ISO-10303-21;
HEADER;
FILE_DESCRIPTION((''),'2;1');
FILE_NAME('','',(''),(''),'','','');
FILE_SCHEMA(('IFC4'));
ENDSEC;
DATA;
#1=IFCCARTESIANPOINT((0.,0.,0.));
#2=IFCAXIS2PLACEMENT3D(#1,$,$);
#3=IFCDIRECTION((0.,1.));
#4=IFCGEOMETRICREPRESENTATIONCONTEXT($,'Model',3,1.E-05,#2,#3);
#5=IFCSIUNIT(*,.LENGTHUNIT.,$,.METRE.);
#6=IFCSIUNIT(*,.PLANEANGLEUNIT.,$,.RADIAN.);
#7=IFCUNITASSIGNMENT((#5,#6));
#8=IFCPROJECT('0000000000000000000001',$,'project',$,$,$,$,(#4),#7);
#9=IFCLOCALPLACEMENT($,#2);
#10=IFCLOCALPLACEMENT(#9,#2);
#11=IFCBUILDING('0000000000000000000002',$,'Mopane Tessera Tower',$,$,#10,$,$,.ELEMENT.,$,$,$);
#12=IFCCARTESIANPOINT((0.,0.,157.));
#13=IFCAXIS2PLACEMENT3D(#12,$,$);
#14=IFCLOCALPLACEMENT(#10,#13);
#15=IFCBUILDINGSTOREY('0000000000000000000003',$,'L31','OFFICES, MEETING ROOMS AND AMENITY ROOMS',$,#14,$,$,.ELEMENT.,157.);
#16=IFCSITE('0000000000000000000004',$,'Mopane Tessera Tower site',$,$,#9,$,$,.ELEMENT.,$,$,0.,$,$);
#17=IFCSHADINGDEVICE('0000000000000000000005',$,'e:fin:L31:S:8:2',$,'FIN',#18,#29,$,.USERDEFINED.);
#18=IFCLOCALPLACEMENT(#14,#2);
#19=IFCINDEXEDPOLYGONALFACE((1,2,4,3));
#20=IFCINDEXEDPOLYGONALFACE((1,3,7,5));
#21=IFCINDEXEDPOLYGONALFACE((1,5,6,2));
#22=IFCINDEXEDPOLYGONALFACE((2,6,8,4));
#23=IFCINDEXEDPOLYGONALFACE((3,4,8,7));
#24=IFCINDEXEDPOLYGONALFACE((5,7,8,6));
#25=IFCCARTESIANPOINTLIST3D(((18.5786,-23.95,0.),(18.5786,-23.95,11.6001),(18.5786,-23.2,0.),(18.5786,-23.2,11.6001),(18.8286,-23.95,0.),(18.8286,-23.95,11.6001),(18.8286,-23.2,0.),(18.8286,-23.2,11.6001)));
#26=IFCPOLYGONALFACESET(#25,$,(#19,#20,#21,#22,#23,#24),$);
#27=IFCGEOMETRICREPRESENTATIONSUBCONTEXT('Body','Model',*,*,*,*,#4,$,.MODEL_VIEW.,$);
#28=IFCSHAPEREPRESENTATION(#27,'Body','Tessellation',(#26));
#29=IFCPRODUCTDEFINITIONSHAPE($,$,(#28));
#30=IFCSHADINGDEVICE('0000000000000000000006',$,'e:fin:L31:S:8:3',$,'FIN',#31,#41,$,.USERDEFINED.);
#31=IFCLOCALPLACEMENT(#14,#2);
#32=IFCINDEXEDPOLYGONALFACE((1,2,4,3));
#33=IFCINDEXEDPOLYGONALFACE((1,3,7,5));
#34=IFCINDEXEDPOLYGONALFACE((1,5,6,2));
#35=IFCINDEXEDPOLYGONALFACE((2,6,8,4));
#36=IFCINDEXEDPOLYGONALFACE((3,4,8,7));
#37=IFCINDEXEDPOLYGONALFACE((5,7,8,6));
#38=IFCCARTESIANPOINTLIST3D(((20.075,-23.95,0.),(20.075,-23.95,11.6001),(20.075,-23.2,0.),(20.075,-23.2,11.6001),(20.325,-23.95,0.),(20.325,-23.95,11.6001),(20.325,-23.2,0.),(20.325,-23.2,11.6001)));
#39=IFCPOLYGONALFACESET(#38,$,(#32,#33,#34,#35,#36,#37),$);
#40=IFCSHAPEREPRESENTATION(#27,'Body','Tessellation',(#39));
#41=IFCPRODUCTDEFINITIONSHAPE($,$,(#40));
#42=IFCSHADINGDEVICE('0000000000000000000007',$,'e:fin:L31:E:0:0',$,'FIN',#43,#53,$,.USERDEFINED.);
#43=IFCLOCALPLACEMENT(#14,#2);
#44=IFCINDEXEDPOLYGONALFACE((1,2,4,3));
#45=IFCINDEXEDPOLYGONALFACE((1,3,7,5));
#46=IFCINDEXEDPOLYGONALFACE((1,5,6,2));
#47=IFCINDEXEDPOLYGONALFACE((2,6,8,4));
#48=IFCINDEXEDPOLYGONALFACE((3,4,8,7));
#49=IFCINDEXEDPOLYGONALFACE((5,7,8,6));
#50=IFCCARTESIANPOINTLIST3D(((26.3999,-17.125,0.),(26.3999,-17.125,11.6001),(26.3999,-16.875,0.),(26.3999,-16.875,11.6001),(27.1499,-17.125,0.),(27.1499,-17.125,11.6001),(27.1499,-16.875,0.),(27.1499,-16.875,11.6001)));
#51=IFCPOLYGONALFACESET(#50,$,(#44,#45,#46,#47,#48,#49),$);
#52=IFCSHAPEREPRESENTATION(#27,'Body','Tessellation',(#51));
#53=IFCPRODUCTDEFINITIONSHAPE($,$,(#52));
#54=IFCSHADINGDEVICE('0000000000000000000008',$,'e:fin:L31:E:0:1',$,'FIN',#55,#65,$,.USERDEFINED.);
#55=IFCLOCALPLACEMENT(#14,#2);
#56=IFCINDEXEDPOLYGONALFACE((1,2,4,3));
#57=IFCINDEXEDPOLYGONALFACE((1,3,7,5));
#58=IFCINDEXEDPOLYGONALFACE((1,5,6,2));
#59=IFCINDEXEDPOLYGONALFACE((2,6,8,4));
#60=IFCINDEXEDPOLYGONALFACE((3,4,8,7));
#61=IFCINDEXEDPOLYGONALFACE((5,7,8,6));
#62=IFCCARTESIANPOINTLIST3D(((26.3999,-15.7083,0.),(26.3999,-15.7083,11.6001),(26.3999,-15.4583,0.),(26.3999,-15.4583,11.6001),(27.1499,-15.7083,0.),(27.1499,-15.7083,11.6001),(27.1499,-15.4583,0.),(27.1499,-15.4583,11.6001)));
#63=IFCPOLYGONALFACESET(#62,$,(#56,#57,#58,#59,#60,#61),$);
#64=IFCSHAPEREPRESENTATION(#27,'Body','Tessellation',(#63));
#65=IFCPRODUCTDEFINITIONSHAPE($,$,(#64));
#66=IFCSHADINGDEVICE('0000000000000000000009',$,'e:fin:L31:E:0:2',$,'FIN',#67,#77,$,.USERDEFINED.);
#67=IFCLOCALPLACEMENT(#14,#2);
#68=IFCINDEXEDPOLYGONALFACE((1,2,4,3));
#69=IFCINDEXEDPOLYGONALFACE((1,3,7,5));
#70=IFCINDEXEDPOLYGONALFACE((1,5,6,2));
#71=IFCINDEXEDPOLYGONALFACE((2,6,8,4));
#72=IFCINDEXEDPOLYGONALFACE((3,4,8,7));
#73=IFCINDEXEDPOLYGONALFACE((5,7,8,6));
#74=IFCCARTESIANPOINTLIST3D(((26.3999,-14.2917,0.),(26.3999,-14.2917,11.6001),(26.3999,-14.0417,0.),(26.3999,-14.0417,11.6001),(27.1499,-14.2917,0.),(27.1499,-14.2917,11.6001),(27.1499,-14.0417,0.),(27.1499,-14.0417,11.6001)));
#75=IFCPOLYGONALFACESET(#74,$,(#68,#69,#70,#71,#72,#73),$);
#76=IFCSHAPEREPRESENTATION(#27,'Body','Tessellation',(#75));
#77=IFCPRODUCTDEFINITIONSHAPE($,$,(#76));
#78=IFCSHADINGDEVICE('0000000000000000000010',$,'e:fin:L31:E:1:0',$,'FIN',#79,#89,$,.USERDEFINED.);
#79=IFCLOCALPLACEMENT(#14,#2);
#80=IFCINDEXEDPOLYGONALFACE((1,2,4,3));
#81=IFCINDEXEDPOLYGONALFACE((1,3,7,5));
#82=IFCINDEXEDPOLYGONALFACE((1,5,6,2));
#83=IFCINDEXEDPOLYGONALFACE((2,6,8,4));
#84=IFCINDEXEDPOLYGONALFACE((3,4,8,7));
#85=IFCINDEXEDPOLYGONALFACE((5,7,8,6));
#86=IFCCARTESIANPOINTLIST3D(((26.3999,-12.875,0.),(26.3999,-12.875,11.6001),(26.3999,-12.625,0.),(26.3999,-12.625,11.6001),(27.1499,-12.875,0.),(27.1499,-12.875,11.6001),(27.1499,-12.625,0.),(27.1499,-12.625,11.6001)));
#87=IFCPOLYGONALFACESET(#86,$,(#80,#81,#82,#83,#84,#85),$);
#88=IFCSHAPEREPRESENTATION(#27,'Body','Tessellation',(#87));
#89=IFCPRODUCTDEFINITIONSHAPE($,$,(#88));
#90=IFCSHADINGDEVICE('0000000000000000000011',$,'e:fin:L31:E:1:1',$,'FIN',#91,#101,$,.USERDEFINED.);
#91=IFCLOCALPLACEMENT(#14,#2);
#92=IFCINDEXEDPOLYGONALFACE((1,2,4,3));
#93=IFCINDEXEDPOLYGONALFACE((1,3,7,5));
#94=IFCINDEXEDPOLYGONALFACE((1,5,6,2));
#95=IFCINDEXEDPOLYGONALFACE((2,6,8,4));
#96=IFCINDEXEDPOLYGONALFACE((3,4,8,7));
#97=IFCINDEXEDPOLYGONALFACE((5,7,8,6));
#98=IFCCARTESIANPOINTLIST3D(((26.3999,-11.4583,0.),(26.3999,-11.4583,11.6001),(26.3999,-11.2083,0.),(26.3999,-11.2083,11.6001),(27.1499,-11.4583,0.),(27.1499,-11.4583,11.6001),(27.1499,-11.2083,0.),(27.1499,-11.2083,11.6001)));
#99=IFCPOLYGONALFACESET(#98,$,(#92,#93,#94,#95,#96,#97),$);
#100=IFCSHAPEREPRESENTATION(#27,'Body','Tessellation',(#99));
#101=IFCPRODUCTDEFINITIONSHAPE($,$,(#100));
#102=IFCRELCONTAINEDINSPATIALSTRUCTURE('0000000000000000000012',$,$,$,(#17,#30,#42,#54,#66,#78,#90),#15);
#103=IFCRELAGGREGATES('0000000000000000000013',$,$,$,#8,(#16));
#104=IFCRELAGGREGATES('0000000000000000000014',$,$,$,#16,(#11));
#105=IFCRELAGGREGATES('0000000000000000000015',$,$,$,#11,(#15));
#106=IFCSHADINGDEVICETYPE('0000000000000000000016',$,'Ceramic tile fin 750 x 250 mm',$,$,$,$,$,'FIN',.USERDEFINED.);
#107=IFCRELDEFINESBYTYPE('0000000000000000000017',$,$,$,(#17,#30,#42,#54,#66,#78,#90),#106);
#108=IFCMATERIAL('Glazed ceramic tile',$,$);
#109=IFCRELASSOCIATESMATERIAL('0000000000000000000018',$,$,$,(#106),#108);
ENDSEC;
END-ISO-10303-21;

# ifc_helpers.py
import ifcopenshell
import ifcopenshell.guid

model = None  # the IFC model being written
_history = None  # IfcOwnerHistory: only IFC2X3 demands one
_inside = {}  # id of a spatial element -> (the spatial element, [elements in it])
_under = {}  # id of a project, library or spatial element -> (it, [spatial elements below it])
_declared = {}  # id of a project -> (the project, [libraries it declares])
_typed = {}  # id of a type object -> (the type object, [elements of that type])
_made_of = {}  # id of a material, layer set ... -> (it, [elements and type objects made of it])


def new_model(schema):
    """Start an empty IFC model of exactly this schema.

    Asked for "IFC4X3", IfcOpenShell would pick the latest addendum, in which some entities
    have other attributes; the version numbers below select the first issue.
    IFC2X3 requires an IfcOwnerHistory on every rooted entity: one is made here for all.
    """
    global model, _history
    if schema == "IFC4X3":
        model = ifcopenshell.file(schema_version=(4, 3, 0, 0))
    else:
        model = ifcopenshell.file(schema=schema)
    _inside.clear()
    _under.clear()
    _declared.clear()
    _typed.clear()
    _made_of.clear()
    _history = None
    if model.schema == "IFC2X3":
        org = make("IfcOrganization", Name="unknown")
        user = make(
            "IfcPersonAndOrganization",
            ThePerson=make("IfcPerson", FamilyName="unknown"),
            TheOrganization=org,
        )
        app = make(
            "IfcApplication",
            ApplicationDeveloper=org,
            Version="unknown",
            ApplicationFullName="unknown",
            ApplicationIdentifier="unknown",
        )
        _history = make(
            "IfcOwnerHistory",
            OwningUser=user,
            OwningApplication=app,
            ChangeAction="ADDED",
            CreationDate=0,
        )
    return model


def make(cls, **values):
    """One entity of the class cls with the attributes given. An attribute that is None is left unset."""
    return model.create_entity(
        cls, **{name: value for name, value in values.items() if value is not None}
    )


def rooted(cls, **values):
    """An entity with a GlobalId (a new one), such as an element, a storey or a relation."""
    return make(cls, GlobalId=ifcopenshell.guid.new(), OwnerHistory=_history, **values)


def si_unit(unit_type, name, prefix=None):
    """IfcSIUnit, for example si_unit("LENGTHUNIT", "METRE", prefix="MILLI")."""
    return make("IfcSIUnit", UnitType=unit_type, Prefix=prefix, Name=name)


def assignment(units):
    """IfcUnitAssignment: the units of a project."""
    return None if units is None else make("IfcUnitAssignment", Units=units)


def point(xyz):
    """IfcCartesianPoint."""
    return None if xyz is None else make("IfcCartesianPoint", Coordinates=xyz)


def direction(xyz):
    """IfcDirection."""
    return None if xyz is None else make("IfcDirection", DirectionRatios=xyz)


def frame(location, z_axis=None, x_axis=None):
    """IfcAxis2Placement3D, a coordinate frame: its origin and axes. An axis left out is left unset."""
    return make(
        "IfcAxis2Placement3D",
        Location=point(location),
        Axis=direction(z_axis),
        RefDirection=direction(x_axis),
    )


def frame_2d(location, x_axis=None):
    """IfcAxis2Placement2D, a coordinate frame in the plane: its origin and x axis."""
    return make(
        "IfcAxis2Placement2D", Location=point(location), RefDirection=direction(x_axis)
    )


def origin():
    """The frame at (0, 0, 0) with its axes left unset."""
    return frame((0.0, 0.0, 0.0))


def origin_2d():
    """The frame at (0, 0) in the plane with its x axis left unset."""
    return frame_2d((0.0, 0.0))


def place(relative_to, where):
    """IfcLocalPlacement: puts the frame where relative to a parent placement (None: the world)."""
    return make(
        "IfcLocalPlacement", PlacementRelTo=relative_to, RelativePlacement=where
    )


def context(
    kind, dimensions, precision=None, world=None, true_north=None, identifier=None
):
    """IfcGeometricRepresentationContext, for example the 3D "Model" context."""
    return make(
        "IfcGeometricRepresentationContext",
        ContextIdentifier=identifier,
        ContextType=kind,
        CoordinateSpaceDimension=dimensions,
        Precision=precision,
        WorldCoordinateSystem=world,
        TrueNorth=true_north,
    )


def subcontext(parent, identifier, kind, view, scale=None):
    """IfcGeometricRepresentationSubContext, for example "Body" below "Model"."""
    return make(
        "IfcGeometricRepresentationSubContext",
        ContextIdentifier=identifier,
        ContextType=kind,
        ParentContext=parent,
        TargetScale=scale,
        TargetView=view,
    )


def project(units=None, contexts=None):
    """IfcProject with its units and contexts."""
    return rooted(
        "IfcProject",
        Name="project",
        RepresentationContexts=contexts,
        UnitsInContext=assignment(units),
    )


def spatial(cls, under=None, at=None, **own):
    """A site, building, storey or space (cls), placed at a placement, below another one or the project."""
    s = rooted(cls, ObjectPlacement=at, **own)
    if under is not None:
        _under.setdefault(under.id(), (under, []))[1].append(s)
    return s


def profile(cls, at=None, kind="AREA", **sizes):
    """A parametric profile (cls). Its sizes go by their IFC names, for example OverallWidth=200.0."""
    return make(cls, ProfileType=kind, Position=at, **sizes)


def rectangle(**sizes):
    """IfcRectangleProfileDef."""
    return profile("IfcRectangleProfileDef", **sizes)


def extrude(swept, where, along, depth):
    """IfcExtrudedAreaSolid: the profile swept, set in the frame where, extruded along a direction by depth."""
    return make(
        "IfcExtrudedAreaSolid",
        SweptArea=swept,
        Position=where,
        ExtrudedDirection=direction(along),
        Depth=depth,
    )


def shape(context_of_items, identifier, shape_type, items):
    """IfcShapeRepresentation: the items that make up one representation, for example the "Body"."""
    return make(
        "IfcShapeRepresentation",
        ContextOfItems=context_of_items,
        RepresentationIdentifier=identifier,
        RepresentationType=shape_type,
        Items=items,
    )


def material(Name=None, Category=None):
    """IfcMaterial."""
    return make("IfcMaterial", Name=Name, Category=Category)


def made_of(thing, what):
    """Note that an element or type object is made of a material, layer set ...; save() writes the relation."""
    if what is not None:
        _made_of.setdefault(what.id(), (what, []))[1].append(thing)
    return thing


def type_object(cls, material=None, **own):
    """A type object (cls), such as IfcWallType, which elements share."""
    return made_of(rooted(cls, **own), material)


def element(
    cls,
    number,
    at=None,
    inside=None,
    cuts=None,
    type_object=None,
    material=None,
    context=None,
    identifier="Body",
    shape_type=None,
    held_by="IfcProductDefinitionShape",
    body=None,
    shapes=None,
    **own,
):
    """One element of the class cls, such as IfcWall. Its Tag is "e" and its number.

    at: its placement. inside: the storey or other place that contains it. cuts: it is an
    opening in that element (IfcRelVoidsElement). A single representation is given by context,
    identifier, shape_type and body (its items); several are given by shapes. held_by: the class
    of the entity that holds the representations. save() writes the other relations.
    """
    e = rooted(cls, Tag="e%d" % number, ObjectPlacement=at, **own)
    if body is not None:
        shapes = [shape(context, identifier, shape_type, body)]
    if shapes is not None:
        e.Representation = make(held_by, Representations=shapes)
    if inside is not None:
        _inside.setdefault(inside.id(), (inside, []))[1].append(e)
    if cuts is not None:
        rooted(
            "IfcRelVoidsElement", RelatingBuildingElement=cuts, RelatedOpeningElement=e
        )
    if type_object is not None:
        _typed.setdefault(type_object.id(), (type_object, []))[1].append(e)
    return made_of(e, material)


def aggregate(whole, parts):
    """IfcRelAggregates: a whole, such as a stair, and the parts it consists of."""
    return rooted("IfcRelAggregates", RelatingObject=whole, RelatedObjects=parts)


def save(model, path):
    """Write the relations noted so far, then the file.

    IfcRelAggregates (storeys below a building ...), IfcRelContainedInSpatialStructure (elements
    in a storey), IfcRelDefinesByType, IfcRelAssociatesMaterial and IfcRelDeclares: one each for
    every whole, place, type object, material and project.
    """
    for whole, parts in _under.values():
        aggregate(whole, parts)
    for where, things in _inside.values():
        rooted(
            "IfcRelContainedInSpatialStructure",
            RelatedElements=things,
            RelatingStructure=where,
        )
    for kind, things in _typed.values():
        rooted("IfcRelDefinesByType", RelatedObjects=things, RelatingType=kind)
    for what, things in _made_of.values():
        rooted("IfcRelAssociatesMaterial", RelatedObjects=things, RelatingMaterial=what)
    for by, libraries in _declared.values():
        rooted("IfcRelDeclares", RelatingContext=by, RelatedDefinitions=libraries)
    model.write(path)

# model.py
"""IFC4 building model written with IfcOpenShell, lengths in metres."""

from ifc_helpers import new_model, si_unit, direction, frame, origin, origin_2d, place, context, subcontext, project, spatial, rectangle, extrude, material, type_object, element, save


model = new_model("IFC4")

# Units and contexts
model_context = context("Model", 3, precision=1e-05, world=origin(), true_north=direction((0.0, 1.0)))
body_context = subcontext(model_context, "Body", "Model", "MODEL_VIEW")
ifc_project = project(units=[si_unit("LENGTHUNIT", "METRE"), si_unit("PLANEANGLEUNIT", "RADIAN")], contexts=[model_context])

# Site, building, storey
site_placement = place(None, origin())
site = spatial("IfcSite", under=ifc_project, at=site_placement, Name="Mopane Tessera Tower site", CompositionType="ELEMENT", RefElevation=0.0)
building_placement = place(site_placement, origin())
building = spatial("IfcBuilding", under=site, at=building_placement, Name="Mopane Tessera Tower", CompositionType="ELEMENT")
storey_placement = place(building_placement, frame((0.0, 0.0, 157.0)))
storey = spatial("IfcBuildingStorey", under=building, at=storey_placement, Name="L31", Description="OFFICES, MEETING ROOMS AND AMENITY ROOMS", CompositionType="ELEMENT", Elevation=157.0)

# Shading devices
ifc_material_1 = material(Name="Glazed ceramic tile")
shading_device_type = type_object("IfcShadingDeviceType", Name="Ceramic tile fin 750 x 250 mm", ElementType="FIN", PredefinedType="USERDEFINED", material=ifc_material_1)
for number, where, z_axis, x_axis, name in (
    (1, (18.7036, -23.575, 0.0), (0.0, 0.0, 1.0), (1.0, 0.0, 0.0), "e:fin:L31:S:8:2"),
    (2, (20.2, -23.575, 0.0), (0.0, 0.0, 1.0), (1.0, 0.0, 0.0), "e:fin:L31:S:8:3"),
    (3, (26.7749, -17.0, 0.0), (0.0, 0.0, 1.0), (0.0, 1.0, 0.0), "e:fin:L31:E:0:0"),
    (4, (26.7749, -15.5833, 0.0), (0.0, 0.0, 1.0), (0.0, 1.0, 0.0), "e:fin:L31:E:0:1"),
    (5, (26.7749, -14.1667, 0.0), (0.0, 0.0, 1.0), (0.0, 1.0, 0.0), "e:fin:L31:E:0:2"),
    (6, (26.7749, -12.75, 0.0), (0.0, 0.0, 1.0), (0.0, 1.0, 0.0), "e:fin:L31:E:1:0"),
    (7, (26.7749, -11.3333, 0.0), (0.0, 0.0, 1.0), (0.0, 1.0, 0.0), "e:fin:L31:E:1:1"),
):
    element("IfcShadingDevice", number, at=place(storey_placement, frame(where, z_axis=z_axis, x_axis=x_axis)), inside=storey, type_object=shading_device_type, Name=name, ObjectType="FIN", PredefinedType="USERDEFINED", context=body_context, shape_type="SweptSolid", body=[
        extrude(rectangle(XDim=0.25, YDim=0.75, at=origin_2d()), origin(), (0.0, 0.0, 1.0), 11.6001),
    ])

save(model, "model.ifc")
